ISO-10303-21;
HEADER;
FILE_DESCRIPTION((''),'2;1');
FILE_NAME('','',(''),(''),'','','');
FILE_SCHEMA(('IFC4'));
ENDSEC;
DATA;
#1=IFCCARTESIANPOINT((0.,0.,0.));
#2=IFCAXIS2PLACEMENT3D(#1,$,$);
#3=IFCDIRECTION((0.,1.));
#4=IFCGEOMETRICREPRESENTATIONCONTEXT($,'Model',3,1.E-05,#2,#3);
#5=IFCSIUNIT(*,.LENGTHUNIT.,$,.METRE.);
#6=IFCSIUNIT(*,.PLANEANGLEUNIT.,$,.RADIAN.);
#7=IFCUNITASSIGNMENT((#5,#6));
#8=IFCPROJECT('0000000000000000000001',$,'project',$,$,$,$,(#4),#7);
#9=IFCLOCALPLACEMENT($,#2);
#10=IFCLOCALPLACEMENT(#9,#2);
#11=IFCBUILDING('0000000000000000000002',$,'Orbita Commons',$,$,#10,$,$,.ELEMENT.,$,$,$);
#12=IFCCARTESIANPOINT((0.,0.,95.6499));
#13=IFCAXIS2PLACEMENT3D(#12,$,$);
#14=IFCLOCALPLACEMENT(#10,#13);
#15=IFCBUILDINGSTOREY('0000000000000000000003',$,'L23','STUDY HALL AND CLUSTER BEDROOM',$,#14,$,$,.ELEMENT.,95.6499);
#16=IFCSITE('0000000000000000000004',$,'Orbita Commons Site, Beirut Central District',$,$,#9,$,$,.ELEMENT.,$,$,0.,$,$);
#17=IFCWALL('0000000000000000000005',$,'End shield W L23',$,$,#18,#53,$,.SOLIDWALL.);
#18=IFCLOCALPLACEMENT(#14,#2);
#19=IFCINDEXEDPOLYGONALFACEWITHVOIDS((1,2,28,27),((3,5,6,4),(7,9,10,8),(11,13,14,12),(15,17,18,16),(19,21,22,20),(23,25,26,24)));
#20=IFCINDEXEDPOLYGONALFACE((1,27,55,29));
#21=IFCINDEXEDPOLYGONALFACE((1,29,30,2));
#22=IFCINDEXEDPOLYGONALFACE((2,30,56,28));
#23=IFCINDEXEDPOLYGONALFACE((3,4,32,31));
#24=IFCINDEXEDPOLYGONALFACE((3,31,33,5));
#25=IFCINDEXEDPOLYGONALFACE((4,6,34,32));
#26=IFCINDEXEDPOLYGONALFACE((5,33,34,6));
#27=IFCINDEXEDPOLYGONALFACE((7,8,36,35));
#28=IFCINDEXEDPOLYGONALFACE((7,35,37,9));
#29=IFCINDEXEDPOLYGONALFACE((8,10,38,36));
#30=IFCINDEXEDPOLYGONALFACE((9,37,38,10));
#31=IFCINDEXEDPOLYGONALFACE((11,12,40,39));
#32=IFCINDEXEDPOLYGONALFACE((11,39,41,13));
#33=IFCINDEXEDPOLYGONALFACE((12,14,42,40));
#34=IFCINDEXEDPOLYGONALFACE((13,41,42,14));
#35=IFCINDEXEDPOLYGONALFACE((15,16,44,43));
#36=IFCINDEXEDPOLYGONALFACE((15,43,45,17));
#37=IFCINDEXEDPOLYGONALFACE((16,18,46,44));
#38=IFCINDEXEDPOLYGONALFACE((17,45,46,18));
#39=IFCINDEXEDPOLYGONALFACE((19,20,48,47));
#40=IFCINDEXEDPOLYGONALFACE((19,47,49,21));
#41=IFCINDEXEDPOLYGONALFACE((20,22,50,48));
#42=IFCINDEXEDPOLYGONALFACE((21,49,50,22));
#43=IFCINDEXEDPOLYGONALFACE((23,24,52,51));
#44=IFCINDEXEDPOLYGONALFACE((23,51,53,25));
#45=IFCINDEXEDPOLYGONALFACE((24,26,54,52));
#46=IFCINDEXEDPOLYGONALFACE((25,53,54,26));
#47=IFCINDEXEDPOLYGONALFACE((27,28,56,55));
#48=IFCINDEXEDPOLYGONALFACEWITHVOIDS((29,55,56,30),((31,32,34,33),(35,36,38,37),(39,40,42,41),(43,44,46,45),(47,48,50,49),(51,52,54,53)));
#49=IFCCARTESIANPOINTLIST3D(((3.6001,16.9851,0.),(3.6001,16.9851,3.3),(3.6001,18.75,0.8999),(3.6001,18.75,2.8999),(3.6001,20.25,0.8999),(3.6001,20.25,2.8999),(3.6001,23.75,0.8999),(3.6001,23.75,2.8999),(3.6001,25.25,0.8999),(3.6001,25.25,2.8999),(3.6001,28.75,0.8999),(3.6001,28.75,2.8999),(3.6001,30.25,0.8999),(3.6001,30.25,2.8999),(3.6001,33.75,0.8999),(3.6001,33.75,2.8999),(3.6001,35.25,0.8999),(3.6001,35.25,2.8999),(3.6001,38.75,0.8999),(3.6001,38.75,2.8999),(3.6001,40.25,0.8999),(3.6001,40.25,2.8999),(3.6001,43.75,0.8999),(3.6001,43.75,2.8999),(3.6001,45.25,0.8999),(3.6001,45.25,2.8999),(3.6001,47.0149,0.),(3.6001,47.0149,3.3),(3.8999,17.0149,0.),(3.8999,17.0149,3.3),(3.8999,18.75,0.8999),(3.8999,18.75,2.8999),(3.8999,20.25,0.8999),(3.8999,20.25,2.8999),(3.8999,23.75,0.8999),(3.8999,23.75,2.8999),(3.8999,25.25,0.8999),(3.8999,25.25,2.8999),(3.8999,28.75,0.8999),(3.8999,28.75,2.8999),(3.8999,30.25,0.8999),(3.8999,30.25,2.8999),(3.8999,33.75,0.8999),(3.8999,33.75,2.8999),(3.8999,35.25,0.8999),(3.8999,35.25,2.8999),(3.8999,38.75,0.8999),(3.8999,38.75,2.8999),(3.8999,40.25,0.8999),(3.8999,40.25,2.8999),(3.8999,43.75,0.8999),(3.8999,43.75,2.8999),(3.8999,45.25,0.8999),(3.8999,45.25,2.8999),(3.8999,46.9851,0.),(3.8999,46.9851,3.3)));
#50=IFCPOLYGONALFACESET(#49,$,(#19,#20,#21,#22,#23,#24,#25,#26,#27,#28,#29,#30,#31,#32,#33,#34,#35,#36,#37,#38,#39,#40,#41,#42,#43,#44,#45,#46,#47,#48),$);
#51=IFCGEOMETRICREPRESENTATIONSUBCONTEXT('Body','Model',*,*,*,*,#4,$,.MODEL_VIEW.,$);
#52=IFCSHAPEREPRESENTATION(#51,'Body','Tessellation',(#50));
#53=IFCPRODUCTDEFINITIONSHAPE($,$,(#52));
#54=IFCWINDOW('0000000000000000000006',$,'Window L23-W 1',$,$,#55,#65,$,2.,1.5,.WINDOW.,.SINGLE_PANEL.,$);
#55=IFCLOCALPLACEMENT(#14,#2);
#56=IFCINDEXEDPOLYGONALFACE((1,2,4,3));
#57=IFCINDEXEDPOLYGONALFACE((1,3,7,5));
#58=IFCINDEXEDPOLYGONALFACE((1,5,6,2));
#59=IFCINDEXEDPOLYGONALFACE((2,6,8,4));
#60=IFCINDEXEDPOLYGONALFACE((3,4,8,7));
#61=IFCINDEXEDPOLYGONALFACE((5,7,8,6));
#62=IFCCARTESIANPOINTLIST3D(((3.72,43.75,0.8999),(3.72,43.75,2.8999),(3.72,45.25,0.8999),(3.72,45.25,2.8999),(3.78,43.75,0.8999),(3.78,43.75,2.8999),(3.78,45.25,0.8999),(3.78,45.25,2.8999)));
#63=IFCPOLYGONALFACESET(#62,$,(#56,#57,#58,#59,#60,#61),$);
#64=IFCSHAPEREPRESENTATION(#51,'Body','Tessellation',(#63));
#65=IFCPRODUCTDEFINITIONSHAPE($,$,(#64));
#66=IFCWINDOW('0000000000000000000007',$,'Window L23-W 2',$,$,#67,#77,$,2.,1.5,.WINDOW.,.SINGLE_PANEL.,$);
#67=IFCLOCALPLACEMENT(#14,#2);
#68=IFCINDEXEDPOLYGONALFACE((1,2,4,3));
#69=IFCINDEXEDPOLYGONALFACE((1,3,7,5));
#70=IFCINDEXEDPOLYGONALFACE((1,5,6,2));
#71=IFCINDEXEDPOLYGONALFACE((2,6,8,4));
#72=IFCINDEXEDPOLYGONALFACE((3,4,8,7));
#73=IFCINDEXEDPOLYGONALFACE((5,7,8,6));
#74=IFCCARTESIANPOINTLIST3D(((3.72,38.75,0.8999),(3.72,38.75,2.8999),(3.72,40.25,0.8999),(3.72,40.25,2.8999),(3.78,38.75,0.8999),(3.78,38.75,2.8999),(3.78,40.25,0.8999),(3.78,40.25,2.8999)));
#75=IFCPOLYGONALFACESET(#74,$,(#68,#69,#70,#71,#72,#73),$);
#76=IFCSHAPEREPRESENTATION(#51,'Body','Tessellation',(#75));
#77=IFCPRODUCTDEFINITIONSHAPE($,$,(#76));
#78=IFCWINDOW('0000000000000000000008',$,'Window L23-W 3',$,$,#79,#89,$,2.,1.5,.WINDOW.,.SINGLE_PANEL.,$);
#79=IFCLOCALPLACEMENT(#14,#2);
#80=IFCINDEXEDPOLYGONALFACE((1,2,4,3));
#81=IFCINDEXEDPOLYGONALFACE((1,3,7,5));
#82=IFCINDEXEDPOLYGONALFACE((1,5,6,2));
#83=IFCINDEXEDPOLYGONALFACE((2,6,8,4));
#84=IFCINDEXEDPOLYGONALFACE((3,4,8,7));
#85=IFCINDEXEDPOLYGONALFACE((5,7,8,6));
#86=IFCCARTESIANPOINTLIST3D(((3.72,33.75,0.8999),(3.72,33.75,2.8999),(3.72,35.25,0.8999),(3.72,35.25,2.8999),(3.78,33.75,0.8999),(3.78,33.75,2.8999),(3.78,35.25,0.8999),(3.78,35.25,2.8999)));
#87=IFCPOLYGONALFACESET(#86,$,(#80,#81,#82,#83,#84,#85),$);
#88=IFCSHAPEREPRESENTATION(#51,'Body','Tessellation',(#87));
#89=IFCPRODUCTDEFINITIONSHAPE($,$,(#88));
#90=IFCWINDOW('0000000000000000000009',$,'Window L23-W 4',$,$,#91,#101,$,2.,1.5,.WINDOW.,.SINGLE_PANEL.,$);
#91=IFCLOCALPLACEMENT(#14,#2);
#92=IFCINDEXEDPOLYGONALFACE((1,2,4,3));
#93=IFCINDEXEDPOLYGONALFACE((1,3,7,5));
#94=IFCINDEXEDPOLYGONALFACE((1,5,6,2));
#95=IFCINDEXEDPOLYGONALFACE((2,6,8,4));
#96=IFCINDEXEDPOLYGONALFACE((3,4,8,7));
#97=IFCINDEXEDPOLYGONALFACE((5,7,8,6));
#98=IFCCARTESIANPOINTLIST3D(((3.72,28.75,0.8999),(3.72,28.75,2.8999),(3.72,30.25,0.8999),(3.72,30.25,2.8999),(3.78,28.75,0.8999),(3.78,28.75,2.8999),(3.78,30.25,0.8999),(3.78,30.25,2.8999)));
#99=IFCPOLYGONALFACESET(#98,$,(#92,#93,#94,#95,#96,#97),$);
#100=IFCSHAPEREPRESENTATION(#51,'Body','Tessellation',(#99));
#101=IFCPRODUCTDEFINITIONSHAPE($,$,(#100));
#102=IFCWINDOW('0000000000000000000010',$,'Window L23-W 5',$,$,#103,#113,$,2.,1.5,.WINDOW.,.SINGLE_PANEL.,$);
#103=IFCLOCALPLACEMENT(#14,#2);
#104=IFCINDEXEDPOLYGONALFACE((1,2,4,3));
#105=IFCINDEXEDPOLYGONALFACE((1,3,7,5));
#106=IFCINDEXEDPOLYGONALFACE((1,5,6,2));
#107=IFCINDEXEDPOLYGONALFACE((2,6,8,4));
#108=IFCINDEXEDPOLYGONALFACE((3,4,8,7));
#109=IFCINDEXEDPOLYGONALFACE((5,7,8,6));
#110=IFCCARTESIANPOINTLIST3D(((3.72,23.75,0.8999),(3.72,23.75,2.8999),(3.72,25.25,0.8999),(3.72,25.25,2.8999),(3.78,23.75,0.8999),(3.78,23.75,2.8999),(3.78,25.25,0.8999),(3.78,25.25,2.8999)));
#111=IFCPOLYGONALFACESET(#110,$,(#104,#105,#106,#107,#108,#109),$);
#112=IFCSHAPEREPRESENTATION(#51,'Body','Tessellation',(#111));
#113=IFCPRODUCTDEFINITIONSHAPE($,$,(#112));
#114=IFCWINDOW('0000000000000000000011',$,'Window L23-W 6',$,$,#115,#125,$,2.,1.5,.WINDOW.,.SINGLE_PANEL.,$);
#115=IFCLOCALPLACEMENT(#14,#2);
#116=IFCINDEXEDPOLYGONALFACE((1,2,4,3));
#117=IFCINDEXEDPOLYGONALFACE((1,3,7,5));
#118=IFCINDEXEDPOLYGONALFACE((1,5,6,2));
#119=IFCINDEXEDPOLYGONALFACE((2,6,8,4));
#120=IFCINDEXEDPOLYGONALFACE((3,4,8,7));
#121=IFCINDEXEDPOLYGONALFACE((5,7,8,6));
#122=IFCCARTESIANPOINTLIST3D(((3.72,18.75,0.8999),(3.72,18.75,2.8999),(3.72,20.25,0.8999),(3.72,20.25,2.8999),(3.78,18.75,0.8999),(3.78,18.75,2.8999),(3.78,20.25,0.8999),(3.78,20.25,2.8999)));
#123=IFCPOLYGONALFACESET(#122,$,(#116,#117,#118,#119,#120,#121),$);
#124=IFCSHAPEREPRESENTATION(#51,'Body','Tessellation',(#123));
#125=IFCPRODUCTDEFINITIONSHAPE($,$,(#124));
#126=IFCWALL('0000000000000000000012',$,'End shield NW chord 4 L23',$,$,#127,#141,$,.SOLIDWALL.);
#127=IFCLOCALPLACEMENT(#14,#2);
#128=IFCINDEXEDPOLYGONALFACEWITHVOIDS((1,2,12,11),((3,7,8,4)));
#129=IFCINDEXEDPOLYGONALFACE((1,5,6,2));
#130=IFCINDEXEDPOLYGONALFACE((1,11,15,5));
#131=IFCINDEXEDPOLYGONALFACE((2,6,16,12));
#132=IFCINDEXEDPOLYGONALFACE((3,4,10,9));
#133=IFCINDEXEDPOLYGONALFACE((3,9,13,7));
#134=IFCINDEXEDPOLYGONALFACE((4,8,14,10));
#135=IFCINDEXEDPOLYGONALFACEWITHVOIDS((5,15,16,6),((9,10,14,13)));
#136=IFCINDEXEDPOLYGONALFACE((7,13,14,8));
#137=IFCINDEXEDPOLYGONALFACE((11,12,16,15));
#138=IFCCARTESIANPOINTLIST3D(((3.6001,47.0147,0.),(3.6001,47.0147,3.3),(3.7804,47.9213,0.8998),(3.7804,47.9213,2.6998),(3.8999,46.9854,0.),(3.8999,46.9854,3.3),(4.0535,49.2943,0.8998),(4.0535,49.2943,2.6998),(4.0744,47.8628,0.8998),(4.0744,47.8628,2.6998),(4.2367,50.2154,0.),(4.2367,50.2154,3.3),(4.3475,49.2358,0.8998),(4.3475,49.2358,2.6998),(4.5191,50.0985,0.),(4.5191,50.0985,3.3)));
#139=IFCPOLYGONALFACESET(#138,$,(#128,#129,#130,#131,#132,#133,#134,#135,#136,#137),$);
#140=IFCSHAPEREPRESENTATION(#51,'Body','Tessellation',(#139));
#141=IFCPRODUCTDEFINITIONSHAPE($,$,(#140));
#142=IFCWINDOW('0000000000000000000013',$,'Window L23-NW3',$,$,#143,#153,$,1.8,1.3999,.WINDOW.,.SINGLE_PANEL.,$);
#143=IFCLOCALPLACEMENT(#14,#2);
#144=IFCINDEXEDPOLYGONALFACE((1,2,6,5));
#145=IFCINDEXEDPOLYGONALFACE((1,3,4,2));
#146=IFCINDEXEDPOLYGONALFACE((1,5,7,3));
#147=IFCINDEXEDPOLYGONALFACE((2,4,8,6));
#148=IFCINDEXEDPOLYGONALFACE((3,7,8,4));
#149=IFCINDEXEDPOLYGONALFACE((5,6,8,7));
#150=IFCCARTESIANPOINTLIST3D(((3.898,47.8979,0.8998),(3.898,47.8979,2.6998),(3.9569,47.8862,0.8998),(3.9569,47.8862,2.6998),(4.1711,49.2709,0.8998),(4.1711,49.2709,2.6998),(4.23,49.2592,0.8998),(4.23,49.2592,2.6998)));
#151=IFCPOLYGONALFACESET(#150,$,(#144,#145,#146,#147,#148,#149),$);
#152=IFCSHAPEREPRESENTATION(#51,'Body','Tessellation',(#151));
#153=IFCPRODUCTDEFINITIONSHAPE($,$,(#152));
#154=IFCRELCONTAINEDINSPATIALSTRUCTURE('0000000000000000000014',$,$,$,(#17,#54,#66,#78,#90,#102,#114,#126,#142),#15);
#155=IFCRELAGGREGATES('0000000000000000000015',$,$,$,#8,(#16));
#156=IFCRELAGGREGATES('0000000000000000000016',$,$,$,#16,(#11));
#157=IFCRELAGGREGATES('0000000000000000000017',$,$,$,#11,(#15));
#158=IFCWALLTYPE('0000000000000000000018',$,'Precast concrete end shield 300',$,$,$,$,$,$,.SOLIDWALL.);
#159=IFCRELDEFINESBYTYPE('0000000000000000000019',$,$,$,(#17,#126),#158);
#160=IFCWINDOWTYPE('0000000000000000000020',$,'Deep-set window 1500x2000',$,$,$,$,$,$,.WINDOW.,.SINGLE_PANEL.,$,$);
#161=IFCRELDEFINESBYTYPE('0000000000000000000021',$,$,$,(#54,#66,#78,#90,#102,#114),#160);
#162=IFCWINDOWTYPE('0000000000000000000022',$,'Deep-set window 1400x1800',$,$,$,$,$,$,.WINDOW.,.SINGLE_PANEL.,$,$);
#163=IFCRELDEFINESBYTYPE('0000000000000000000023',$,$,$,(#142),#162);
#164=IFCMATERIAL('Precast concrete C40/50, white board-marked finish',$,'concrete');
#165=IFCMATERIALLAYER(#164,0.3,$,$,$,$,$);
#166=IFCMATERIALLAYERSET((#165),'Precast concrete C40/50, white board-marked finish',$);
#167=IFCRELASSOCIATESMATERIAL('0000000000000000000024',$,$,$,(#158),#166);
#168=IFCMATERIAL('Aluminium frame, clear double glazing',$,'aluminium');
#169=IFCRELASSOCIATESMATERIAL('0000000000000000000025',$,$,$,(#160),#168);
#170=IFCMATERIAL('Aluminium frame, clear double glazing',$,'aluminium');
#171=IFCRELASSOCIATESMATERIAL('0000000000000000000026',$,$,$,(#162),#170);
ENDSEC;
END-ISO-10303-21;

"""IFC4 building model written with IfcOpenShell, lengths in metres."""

from ifc_helpers import new_model, si_unit, direction, frame, frame_2d, origin, place, context, subcontext, project, spatial, polyline, rectangle, outline, extrude, material, layer, layer_set, type_object, element, fill, save


model = new_model("IFC4")

# Units and contexts
model_context = context("Model", 3, precision=1e-05, world=origin(), true_north=direction((0.0, 1.0)))
body_context = subcontext(model_context, "Body", "Model", "MODEL_VIEW")
ifc_project = project(units=[si_unit("LENGTHUNIT", "METRE"), si_unit("PLANEANGLEUNIT", "RADIAN")], contexts=[model_context])

# Site, building, storey
site_placement = place(None, origin())
site = spatial("IfcSite", under=ifc_project, at=site_placement, Name="Orbita Commons Site, Beirut Central District", CompositionType="ELEMENT", RefElevation=0.0)
building_placement = place(site_placement, origin())
building = spatial("IfcBuilding", under=site, at=building_placement, Name="Orbita Commons", CompositionType="ELEMENT")
storey_placement = place(building_placement, frame((0.0, 0.0, 95.6499)))
storey = spatial("IfcBuildingStorey", under=building, at=storey_placement, Name="L23", Description="STUDY HALL AND CLUSTER BEDROOM", CompositionType="ELEMENT", Elevation=95.6499)

# Wall, openings, windows
ifc_material_1 = material(Name="Precast concrete C40/50, white board-marked finish", Category="concrete")
ifc_layer_1 = layer(ifc_material_1, 0.3)
ifc_layer_set_1 = layer_set([ifc_layer_1], Name="Precast concrete C40/50, white board-marked finish")
wall_type_1 = type_object("IfcWallType", Name="Precast concrete end shield 300", PredefinedType="SOLIDWALL", material=ifc_layer_set_1)
wall_1_placement = place(storey_placement, frame((3.75, 47.0, 0.0), z_axis=(0.0, 0.0, 1.0), x_axis=(0.0, -1.0, 0.0)))
wall_1 = element("IfcWall", 1, at=wall_1_placement, inside=storey, type_object=wall_type_1, Name="End shield W L23", PredefinedType="SOLIDWALL", context=body_context, shape_type="SweptSolid", body=[
    extrude(outline(polyline([(-0.0149, -0.1499), (30.0149, -0.1499), (29.9851, 0.1499), (0.0149, 0.1499), (-0.0149, -0.1499)])), origin(), (0.0, 0.0, 1.0), 3.3),
])
opening_1_placement = place(wall_1_placement, frame((1.75, 0.0, 0.8999)))
opening_1 = element("IfcOpeningElement", 2, at=opening_1_placement, cuts=wall_1, PredefinedType="OPENING", context=body_context, shape_type="SweptSolid", body=[
    extrude(rectangle(XDim=1.5, YDim=2.0, at=frame_2d((0.75, 1.0))), frame((0.0, 0.1599, 0.0), z_axis=(0.0, -1.0, 0.0), x_axis=(1.0, 0.0, 0.0)), (0.0, 0.0, 1.0), 0.3201),
])
opening_2_placement = place(wall_1_placement, frame((6.75, 0.0, 0.8999)))
opening_2 = element("IfcOpeningElement", 3, at=opening_2_placement, cuts=wall_1, PredefinedType="OPENING", context=body_context, shape_type="SweptSolid", body=[
    extrude(rectangle(XDim=1.5, YDim=2.0, at=frame_2d((0.75, 1.0))), frame((0.0, 0.1599, 0.0), z_axis=(0.0, -1.0, 0.0), x_axis=(1.0, 0.0, 0.0)), (0.0, 0.0, 1.0), 0.3201),
])
opening_3_placement = place(wall_1_placement, frame((11.75, 0.0, 0.8999)))
opening_3 = element("IfcOpeningElement", 4, at=opening_3_placement, cuts=wall_1, PredefinedType="OPENING", context=body_context, shape_type="SweptSolid", body=[
    extrude(rectangle(XDim=1.5, YDim=2.0, at=frame_2d((0.75, 1.0))), frame((0.0, 0.1599, 0.0), z_axis=(0.0, -1.0, 0.0), x_axis=(1.0, 0.0, 0.0)), (0.0, 0.0, 1.0), 0.3201),
])
opening_4_placement = place(wall_1_placement, frame((16.75, 0.0, 0.8999)))
opening_4 = element("IfcOpeningElement", 5, at=opening_4_placement, cuts=wall_1, PredefinedType="OPENING", context=body_context, shape_type="SweptSolid", body=[
    extrude(rectangle(XDim=1.5, YDim=2.0, at=frame_2d((0.75, 1.0))), frame((0.0, 0.1599, 0.0), z_axis=(0.0, -1.0, 0.0), x_axis=(1.0, 0.0, 0.0)), (0.0, 0.0, 1.0), 0.3201),
])
opening_5_placement = place(wall_1_placement, frame((21.75, 0.0, 0.8999)))
opening_5 = element("IfcOpeningElement", 6, at=opening_5_placement, cuts=wall_1, PredefinedType="OPENING", context=body_context, shape_type="SweptSolid", body=[
    extrude(rectangle(XDim=1.5, YDim=2.0, at=frame_2d((0.75, 1.0))), frame((0.0, 0.1599, 0.0), z_axis=(0.0, -1.0, 0.0), x_axis=(1.0, 0.0, 0.0)), (0.0, 0.0, 1.0), 0.3201),
])
opening_6_placement = place(wall_1_placement, frame((26.75, 0.0, 0.8999)))
opening_6 = element("IfcOpeningElement", 7, at=opening_6_placement, cuts=wall_1, PredefinedType="OPENING", context=body_context, shape_type="SweptSolid", body=[
    extrude(rectangle(XDim=1.5, YDim=2.0, at=frame_2d((0.75, 1.0))), frame((0.0, 0.1599, 0.0), z_axis=(0.0, -1.0, 0.0), x_axis=(1.0, 0.0, 0.0)), (0.0, 0.0, 1.0), 0.3201),
])
ifc_material_2 = material(Name="Aluminium frame, clear double glazing", Category="aluminium")
window_type_1 = type_object("IfcWindowType", Name="Deep-set window 1500x2000", PartitioningType="SINGLE_PANEL", PredefinedType="WINDOW", material=ifc_material_2)
window_1_placement = place(opening_1_placement, origin())
window_1 = element("IfcWindow", 8, at=window_1_placement, inside=storey, type_object=window_type_1, Name="Window L23-W 1", OverallHeight=2.0, OverallWidth=1.5, PartitioningType="SINGLE_PANEL", PredefinedType="WINDOW", context=body_context, shape_type="SweptSolid", body=[
    extrude(rectangle(XDim=1.5, YDim=2.0, at=frame_2d((0.75, 1.0))), frame((0.0, 0.03, 0.0), z_axis=(0.0, -1.0, 0.0), x_axis=(1.0, 0.0, 0.0)), (0.0, 0.0, 1.0), 0.0601),
])
fill(opening_1, window_1)
window_2_placement = place(opening_2_placement, origin())
window_2 = element("IfcWindow", 9, at=window_2_placement, inside=storey, type_object=window_type_1, Name="Window L23-W 2", OverallHeight=2.0, OverallWidth=1.5, PartitioningType="SINGLE_PANEL", PredefinedType="WINDOW", context=body_context, shape_type="SweptSolid", body=[
    extrude(rectangle(XDim=1.5, YDim=2.0, at=frame_2d((0.75, 1.0))), frame((0.0, 0.03, 0.0), z_axis=(0.0, -1.0, 0.0), x_axis=(1.0, 0.0, 0.0)), (0.0, 0.0, 1.0), 0.0601),
])
fill(opening_2, window_2)
window_3_placement = place(opening_3_placement, origin())
window_3 = element("IfcWindow", 10, at=window_3_placement, inside=storey, type_object=window_type_1, Name="Window L23-W 3", OverallHeight=2.0, OverallWidth=1.5, PartitioningType="SINGLE_PANEL", PredefinedType="WINDOW", context=body_context, shape_type="SweptSolid", body=[
    extrude(rectangle(XDim=1.5, YDim=2.0, at=frame_2d((0.75, 1.0))), frame((0.0, 0.03, 0.0), z_axis=(0.0, -1.0, 0.0), x_axis=(1.0, 0.0, 0.0)), (0.0, 0.0, 1.0), 0.0601),
])
fill(opening_3, window_3)
window_4_placement = place(opening_4_placement, origin())
window_4 = element("IfcWindow", 11, at=window_4_placement, inside=storey, type_object=window_type_1, Name="Window L23-W 4", OverallHeight=2.0, OverallWidth=1.5, PartitioningType="SINGLE_PANEL", PredefinedType="WINDOW", context=body_context, shape_type="SweptSolid", body=[
    extrude(rectangle(XDim=1.5, YDim=2.0, at=frame_2d((0.75, 1.0))), frame((0.0, 0.03, 0.0), z_axis=(0.0, -1.0, 0.0), x_axis=(1.0, 0.0, 0.0)), (0.0, 0.0, 1.0), 0.0601),
])
fill(opening_4, window_4)
window_5_placement = place(opening_5_placement, origin())
window_5 = element("IfcWindow", 12, at=window_5_placement, inside=storey, type_object=window_type_1, Name="Window L23-W 5", OverallHeight=2.0, OverallWidth=1.5, PartitioningType="SINGLE_PANEL", PredefinedType="WINDOW", context=body_context, shape_type="SweptSolid", body=[
    extrude(rectangle(XDim=1.5, YDim=2.0, at=frame_2d((0.75, 1.0))), frame((0.0, 0.03, 0.0), z_axis=(0.0, -1.0, 0.0), x_axis=(1.0, 0.0, 0.0)), (0.0, 0.0, 1.0), 0.0601),
])
fill(opening_5, window_5)
window_6_placement = place(opening_6_placement, origin())
window_6 = element("IfcWindow", 13, at=window_6_placement, inside=storey, type_object=window_type_1, Name="Window L23-W 6", OverallHeight=2.0, OverallWidth=1.5, PartitioningType="SINGLE_PANEL", PredefinedType="WINDOW", context=body_context, shape_type="SweptSolid", body=[
    extrude(rectangle(XDim=1.5, YDim=2.0, at=frame_2d((0.75, 1.0))), frame((0.0, 0.03, 0.0), z_axis=(0.0, -1.0, 0.0), x_axis=(1.0, 0.0, 0.0)), (0.0, 0.0, 1.0), 0.0601),
])
fill(opening_6, window_6)

# Wall, opening, window
wall_2_placement = place(storey_placement, frame((4.3779, 50.157, 0.0), z_axis=(0.0, 0.0, 1.0), x_axis=(-0.19508, -0.980787, 0.0)))
wall_2 = element("IfcWall", 14, at=wall_2_placement, inside=storey, type_object=wall_type_1, Name="End shield NW chord 4 L23", PredefinedType="SOLIDWALL", context=body_context, shape_type="SweptSolid", body=[
    extrude(outline(polyline([(-0.0298, -0.1499), (3.2336, -0.1499), (3.2039, 0.1499), (0.0298, 0.1499), (-0.0298, -0.1499)])), origin(), (0.0, 0.0, 1.0), 3.3),
])
opening_7_placement = place(wall_2_placement, frame((0.9094, 0.0, 0.8999)))
opening_7 = element("IfcOpeningElement", 15, at=opening_7_placement, cuts=wall_2, PredefinedType="OPENING", context=body_context, shape_type="SweptSolid", body=[
    extrude(rectangle(XDim=1.3999, YDim=1.8, at=frame_2d((0.7, 0.8999))), frame((0.0, 0.1599, 0.0), z_axis=(0.0, -1.0, 0.0), x_axis=(1.0, 0.0, 0.0)), (0.0, 0.0, 1.0), 0.3201),
])
ifc_material_3 = material(Name="Aluminium frame, clear double glazing", Category="aluminium")
window_type_2 = type_object("IfcWindowType", Name="Deep-set window 1400x1800", PartitioningType="SINGLE_PANEL", PredefinedType="WINDOW", material=ifc_material_3)
window_7_placement = place(opening_7_placement, origin())
window_7 = element("IfcWindow", 16, at=window_7_placement, inside=storey, type_object=window_type_2, Name="Window L23-NW3", OverallHeight=1.8, OverallWidth=1.3999, PartitioningType="SINGLE_PANEL", PredefinedType="WINDOW", context=body_context, shape_type="SweptSolid", body=[
    extrude(rectangle(XDim=1.3999, YDim=1.8, at=frame_2d((0.7, 0.8999))), frame((0.0, 0.03, 0.0), z_axis=(0.0, -1.0, 0.0), x_axis=(1.0, 0.0, 0.0)), (0.0, 0.0, 1.0), 0.0601),
])
fill(opening_7, window_7)

save(model, "model.ifc")
